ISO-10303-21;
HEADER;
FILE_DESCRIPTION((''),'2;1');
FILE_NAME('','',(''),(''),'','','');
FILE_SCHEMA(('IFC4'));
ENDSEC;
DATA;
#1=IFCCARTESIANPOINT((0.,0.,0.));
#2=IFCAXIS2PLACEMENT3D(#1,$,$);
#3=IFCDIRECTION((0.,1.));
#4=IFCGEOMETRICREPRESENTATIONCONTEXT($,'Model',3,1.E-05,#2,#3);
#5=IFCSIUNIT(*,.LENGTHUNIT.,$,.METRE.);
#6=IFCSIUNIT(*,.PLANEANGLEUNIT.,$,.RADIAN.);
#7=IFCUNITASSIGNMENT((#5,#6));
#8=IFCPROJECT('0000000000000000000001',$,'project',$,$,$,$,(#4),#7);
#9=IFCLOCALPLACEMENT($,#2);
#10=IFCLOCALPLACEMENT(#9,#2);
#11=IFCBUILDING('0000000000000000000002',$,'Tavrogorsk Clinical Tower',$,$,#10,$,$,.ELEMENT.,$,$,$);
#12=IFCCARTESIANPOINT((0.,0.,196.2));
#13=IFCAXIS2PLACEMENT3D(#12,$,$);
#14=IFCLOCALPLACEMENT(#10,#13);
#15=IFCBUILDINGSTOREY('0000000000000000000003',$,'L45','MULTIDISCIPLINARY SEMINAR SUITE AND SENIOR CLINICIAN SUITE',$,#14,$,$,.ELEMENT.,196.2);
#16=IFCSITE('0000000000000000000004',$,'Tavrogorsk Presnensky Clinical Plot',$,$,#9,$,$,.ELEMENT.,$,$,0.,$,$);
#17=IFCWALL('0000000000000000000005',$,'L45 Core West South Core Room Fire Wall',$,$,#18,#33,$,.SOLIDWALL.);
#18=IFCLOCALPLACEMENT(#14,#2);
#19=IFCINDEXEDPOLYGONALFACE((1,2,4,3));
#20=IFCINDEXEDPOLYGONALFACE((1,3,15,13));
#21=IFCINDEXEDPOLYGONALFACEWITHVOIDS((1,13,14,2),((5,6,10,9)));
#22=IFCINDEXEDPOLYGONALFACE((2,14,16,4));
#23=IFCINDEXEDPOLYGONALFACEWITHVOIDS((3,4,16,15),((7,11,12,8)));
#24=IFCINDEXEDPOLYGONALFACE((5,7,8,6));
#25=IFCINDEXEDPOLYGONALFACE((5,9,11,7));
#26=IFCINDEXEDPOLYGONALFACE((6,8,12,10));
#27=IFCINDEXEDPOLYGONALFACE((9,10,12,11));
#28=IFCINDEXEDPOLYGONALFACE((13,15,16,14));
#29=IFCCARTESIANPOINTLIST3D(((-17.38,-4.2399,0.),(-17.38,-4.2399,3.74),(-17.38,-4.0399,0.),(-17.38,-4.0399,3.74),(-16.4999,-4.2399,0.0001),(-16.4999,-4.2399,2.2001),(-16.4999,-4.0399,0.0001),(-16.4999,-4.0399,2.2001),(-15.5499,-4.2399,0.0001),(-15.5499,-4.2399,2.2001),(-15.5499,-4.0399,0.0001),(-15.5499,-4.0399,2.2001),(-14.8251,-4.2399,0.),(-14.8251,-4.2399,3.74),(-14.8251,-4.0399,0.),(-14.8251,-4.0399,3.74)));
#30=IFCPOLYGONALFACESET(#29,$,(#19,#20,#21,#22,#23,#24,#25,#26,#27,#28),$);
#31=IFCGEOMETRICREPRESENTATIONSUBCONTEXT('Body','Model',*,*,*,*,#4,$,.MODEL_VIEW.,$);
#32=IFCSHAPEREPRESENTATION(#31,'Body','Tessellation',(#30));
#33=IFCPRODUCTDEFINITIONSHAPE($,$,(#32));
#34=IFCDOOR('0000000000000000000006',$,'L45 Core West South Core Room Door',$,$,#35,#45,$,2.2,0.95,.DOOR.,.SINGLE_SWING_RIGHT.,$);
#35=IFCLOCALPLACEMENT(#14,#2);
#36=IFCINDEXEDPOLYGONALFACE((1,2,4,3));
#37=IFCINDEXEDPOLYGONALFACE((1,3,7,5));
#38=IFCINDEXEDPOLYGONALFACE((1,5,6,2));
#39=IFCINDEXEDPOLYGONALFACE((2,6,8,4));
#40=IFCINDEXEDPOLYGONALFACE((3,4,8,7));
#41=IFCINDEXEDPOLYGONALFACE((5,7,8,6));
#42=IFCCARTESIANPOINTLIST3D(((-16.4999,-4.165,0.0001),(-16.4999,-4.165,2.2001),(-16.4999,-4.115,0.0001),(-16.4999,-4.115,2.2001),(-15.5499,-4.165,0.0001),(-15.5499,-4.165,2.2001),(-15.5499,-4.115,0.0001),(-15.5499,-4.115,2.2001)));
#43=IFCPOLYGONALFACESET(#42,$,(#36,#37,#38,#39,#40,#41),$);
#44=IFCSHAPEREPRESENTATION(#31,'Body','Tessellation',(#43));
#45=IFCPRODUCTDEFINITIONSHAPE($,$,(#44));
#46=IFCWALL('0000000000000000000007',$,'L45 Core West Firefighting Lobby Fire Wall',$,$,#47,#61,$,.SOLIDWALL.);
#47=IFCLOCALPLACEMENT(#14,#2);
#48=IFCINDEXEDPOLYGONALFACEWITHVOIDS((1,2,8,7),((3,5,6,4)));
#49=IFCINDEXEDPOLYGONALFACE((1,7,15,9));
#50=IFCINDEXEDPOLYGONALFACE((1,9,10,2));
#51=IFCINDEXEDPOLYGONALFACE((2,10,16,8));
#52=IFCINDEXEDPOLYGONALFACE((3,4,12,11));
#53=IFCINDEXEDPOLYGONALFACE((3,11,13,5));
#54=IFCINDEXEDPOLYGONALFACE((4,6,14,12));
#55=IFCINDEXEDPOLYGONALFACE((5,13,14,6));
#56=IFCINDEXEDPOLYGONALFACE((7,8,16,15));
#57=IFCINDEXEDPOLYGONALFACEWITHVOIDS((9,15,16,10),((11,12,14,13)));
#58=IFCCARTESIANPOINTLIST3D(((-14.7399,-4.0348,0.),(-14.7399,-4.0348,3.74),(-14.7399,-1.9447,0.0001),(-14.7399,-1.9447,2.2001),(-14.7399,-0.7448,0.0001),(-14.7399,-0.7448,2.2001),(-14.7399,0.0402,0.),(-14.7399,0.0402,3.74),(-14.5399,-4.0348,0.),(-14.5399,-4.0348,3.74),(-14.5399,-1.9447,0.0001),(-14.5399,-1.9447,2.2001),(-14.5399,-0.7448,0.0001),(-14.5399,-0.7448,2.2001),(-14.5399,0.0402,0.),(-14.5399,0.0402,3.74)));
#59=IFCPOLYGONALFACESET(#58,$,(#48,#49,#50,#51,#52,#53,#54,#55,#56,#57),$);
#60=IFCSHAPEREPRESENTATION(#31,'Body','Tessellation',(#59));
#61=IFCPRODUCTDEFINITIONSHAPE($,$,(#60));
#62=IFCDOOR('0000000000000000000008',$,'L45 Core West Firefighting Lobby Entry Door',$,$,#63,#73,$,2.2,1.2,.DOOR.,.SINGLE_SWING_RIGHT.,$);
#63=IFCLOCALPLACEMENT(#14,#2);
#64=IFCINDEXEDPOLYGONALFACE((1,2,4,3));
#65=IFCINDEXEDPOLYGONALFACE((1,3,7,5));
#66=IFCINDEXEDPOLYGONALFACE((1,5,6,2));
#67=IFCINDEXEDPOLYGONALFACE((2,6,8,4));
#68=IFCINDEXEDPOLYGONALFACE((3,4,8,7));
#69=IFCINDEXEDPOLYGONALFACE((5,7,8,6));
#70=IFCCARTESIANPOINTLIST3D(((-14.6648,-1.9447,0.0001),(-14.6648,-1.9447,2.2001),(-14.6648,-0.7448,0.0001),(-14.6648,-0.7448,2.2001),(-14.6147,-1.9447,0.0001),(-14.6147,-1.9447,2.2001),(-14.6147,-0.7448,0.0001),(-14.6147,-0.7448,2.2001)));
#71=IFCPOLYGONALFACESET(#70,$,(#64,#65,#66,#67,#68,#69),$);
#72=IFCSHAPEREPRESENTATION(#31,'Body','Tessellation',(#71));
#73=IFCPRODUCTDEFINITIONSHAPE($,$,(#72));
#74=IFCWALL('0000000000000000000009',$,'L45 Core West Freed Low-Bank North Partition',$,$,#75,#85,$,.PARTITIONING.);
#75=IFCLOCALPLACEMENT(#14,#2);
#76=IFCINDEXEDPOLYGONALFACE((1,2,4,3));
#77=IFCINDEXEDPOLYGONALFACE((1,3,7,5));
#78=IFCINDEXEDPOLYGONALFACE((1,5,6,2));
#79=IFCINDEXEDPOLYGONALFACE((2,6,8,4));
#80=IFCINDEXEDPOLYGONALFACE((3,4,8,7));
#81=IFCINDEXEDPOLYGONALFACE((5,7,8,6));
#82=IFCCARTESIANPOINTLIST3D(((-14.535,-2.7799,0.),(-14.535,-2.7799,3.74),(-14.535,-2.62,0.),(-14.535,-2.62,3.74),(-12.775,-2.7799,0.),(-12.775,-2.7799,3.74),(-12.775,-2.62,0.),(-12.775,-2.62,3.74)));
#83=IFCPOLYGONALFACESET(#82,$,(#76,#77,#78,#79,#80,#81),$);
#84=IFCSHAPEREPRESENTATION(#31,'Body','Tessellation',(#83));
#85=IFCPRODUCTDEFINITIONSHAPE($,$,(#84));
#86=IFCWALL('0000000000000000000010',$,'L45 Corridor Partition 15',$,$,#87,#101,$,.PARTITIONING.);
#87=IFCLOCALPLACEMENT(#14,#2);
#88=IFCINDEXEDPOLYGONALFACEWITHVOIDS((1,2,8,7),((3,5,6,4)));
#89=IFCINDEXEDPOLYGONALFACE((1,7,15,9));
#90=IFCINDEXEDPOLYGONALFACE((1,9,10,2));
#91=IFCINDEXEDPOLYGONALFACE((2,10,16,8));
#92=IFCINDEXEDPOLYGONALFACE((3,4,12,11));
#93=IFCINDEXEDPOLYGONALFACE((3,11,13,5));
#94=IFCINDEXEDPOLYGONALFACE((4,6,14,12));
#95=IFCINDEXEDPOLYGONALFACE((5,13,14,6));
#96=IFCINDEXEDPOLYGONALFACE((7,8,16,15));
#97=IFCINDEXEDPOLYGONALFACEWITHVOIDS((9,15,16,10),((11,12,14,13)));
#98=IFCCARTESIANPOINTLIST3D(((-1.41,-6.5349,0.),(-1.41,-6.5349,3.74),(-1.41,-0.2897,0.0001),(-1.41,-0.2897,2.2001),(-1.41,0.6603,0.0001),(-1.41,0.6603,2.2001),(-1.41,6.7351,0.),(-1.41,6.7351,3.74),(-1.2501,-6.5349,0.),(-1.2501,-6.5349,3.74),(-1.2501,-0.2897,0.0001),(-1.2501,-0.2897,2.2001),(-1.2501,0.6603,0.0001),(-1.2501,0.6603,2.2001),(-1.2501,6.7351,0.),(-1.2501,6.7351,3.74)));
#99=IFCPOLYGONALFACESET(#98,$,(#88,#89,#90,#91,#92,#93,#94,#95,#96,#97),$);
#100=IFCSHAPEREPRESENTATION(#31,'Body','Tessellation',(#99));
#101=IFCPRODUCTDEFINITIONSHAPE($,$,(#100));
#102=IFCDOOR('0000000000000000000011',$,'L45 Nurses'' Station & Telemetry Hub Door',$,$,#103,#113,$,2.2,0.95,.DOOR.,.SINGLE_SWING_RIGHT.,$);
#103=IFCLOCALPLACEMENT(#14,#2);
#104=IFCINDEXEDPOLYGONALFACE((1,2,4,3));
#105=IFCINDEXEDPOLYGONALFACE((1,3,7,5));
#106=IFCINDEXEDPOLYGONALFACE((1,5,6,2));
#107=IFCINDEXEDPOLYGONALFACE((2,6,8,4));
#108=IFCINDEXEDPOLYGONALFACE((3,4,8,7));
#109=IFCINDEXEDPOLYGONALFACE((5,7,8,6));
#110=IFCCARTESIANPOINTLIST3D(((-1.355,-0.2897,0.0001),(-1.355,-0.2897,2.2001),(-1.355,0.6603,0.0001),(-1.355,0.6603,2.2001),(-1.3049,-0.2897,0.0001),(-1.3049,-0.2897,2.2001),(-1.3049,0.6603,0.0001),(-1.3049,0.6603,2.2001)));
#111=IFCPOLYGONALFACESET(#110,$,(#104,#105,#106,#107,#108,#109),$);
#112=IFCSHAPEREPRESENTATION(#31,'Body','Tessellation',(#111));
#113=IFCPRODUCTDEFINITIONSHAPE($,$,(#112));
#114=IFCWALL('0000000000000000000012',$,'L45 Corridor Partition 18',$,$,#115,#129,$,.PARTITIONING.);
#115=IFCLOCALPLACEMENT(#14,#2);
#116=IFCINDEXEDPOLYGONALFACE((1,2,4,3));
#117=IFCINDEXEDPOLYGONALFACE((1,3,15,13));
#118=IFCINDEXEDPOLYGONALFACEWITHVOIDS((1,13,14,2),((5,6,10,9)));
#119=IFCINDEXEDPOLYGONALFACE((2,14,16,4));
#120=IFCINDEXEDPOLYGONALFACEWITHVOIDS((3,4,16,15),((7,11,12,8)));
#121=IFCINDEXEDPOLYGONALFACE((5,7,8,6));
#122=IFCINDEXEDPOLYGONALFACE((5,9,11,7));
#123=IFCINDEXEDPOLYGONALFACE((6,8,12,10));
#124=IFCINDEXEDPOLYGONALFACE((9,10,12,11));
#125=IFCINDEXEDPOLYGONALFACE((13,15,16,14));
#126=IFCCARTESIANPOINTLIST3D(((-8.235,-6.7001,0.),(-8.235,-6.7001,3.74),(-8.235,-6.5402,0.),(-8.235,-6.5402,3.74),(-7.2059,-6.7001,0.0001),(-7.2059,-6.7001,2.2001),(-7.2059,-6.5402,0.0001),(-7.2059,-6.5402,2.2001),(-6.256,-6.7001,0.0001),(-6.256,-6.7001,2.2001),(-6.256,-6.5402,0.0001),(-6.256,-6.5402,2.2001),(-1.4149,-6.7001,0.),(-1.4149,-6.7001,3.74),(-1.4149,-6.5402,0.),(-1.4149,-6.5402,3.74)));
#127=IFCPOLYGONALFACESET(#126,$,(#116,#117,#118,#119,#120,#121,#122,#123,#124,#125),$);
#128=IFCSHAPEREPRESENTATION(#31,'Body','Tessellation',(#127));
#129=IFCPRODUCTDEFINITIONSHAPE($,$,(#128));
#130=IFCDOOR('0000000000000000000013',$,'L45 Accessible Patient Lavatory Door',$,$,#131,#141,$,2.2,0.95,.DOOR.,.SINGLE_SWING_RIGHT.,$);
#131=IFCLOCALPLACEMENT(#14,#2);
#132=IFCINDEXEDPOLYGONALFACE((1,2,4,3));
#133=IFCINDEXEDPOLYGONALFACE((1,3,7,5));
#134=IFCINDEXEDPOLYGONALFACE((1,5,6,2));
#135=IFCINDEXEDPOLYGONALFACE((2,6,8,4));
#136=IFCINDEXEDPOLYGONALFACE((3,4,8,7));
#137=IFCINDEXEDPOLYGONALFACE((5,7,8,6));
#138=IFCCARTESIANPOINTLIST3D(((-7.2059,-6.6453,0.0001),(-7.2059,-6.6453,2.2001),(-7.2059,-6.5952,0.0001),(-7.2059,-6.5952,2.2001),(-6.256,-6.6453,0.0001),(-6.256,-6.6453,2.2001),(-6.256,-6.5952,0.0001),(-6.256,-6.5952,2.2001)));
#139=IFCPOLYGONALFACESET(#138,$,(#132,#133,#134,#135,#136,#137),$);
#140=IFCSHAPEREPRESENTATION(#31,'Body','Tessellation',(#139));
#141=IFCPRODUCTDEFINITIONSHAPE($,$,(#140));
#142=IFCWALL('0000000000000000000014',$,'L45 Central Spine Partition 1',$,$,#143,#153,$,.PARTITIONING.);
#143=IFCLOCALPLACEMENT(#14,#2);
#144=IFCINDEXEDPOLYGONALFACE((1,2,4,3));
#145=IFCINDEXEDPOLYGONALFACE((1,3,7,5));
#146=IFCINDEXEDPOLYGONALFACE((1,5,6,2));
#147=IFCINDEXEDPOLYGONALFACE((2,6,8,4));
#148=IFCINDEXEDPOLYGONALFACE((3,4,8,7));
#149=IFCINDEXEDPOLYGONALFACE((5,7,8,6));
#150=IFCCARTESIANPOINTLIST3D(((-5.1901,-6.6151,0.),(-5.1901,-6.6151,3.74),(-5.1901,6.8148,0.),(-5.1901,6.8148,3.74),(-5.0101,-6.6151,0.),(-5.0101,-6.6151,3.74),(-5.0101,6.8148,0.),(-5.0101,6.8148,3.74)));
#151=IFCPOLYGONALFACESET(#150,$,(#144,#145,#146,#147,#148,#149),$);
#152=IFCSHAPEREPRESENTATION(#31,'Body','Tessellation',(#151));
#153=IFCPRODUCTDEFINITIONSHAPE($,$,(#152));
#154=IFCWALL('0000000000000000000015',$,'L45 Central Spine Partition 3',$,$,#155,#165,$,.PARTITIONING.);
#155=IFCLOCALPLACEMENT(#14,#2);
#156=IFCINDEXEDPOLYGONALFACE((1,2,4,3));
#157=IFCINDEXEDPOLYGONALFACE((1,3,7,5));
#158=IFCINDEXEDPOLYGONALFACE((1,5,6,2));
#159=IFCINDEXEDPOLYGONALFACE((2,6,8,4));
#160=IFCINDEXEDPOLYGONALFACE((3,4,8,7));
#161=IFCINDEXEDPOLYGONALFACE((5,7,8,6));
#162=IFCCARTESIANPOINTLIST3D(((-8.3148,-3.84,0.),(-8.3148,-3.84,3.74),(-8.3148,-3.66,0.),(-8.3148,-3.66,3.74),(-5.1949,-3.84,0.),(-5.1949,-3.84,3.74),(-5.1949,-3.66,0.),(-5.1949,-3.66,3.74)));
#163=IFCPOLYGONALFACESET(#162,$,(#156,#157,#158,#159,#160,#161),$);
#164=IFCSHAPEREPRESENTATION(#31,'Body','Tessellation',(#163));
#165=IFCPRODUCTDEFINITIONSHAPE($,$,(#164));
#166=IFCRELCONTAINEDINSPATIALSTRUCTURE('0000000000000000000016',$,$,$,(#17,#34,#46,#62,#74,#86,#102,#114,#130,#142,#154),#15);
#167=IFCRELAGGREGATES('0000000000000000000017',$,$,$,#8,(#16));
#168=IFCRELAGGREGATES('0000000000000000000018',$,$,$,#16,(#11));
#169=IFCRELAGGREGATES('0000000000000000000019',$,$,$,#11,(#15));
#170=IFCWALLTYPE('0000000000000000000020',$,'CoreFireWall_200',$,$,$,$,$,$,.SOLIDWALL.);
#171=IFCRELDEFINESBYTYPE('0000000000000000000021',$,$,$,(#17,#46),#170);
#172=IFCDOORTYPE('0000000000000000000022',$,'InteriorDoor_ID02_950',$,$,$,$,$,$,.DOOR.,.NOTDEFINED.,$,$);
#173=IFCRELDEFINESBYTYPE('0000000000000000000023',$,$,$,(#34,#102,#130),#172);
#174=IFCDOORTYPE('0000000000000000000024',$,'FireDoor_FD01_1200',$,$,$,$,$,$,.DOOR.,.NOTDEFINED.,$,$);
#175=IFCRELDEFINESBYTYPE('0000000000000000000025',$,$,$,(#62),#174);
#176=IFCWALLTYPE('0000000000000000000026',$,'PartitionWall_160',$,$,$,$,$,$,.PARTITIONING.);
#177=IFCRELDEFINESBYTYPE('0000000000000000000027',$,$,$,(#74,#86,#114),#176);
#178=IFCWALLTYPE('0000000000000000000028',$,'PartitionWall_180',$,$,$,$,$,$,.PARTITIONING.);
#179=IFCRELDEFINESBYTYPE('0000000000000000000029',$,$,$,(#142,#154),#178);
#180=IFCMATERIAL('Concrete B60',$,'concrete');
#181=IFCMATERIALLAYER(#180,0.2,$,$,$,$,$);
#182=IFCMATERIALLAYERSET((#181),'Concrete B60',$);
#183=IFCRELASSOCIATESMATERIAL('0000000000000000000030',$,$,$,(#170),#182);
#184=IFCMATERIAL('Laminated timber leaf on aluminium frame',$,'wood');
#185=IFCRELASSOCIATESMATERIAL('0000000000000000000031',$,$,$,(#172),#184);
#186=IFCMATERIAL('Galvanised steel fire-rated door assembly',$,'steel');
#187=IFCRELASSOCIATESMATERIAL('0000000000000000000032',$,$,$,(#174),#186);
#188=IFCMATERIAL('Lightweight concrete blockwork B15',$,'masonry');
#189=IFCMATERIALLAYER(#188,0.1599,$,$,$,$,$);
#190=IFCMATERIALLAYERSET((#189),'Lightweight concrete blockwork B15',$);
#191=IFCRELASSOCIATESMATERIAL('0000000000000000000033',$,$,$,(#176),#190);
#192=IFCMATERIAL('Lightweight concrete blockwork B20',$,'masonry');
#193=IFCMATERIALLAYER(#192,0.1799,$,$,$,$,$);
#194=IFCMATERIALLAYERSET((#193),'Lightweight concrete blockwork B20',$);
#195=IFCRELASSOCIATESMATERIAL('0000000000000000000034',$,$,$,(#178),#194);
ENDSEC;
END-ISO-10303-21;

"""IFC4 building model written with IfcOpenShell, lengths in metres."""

from ifc_helpers import new_model, si_unit, direction, frame, frame_2d, origin, place, context, subcontext, project, spatial, rectangle, extrude, material, layer, layer_set, type_object, element, fill, save


model = new_model("IFC4")

# Units and contexts
model_context = context("Model", 3, precision=1e-05, world=origin(), true_north=direction((0.0, 1.0)))
body_context = subcontext(model_context, "Body", "Model", "MODEL_VIEW")
ifc_project = project(units=[si_unit("LENGTHUNIT", "METRE"), si_unit("PLANEANGLEUNIT", "RADIAN")], contexts=[model_context])

# Site, building, storey
site_placement = place(None, origin())
site = spatial("IfcSite", under=ifc_project, at=site_placement, Name="Tavrogorsk Presnensky Clinical Plot", CompositionType="ELEMENT", RefElevation=0.0)
building_placement = place(site_placement, origin())
building = spatial("IfcBuilding", under=site, at=building_placement, Name="Tavrogorsk Clinical Tower", CompositionType="ELEMENT")
storey_placement = place(building_placement, frame((0.0, 0.0, 196.2)))
storey = spatial("IfcBuildingStorey", under=building, at=storey_placement, Name="L45", Description="MULTIDISCIPLINARY SEMINAR SUITE AND SENIOR CLINICIAN SUITE", CompositionType="ELEMENT", Elevation=196.2)

# Walls, openings, doors
ifc_material_1 = material(Name="Concrete B60", Category="concrete")
ifc_layer_1 = layer(ifc_material_1, 0.2)
ifc_layer_set_1 = layer_set([ifc_layer_1], Name="Concrete B60")
wall_type_1 = type_object("IfcWallType", Name="CoreFireWall_200", PredefinedType="SOLIDWALL", material=ifc_layer_set_1)
wall_1_placement = place(storey_placement, frame((-17.3799, -4.1399, 0.0), z_axis=(0.0, 0.0, 1.0), x_axis=(1.0, 0.0, 0.0)))
wall_1 = element("IfcWall", 1, at=wall_1_placement, inside=storey, type_object=wall_type_1, Name="L45 Core West South Core Room Fire Wall", PredefinedType="SOLIDWALL", context=body_context, shape_type="SweptSolid", body=[
    extrude(rectangle(XDim=2.5549, YDim=0.2, at=frame_2d((1.2773, 0.0))), origin(), (0.0, 0.0, 1.0), 3.74),
])
opening_1_placement = place(wall_1_placement, frame((0.8799, 0.0, 0.0)))
opening_1 = element("IfcOpeningElement", 2, at=opening_1_placement, cuts=wall_1, PredefinedType="OPENING", context=body_context, shape_type="SweptSolid", body=[
    extrude(rectangle(XDim=0.95, YDim=2.2, at=frame_2d((0.4751, 1.1001))), frame((0.0, 0.1099, 0.0), z_axis=(0.0, -1.0, 0.0), x_axis=(1.0, 0.0, 0.0)), (0.0, 0.0, 1.0), 0.22),
])
ifc_material_2 = material(Name="Laminated timber leaf on aluminium frame", Category="wood")
door_type_1 = type_object("IfcDoorType", Name="InteriorDoor_ID02_950", OperationType="NOTDEFINED", PredefinedType="DOOR", material=ifc_material_2)
door_1_placement = place(opening_1_placement, origin())
door_1 = element("IfcDoor", 3, at=door_1_placement, inside=storey, type_object=door_type_1, Name="L45 Core West South Core Room Door", OperationType="SINGLE_SWING_RIGHT", OverallHeight=2.2, OverallWidth=0.95, PredefinedType="DOOR", context=body_context, shape_type="SweptSolid", body=[
    extrude(rectangle(XDim=0.95, YDim=2.2, at=frame_2d((0.4751, 1.1001))), frame((0.0, 0.0249, 0.0), z_axis=(0.0, -1.0, 0.0), x_axis=(1.0, 0.0, 0.0)), (0.0, 0.0, 1.0), 0.05),
])
fill(opening_1, door_1)
wall_2_placement = place(storey_placement, frame((-14.6399, -4.0349, 0.0), z_axis=(0.0, 0.0, 1.0), x_axis=(0.0, 1.0, 0.0)))
wall_2 = element("IfcWall", 4, at=wall_2_placement, inside=storey, type_object=wall_type_1, Name="L45 Core West Firefighting Lobby Fire Wall", PredefinedType="SOLIDWALL", context=body_context, shape_type="SweptSolid", body=[
    extrude(rectangle(XDim=4.075, YDim=0.2, at=frame_2d((2.0376, 0.0))), origin(), (0.0, 0.0, 1.0), 3.74),
])
opening_2_placement = place(wall_2_placement, frame((2.0901, 0.0, 0.0)))
opening_2 = element("IfcOpeningElement", 5, at=opening_2_placement, cuts=wall_2, PredefinedType="OPENING", context=body_context, shape_type="SweptSolid", body=[
    extrude(rectangle(XDim=1.2, YDim=2.2, at=frame_2d((0.6001, 1.1001))), frame((0.0, 0.1099, 0.0), z_axis=(0.0, -1.0, 0.0), x_axis=(1.0, 0.0, 0.0)), (0.0, 0.0, 1.0), 0.22),
])
ifc_material_3 = material(Name="Galvanised steel fire-rated door assembly", Category="steel")
door_type_2 = type_object("IfcDoorType", Name="FireDoor_FD01_1200", OperationType="NOTDEFINED", PredefinedType="DOOR", material=ifc_material_3)
door_2_placement = place(opening_2_placement, origin())
door_2 = element("IfcDoor", 6, at=door_2_placement, inside=storey, type_object=door_type_2, Name="L45 Core West Firefighting Lobby Entry Door", OperationType="SINGLE_SWING_RIGHT", OverallHeight=2.2, OverallWidth=1.2, PredefinedType="DOOR", context=body_context, shape_type="SweptSolid", body=[
    extrude(rectangle(XDim=1.2, YDim=2.2, at=frame_2d((0.6001, 1.1001))), frame((0.0, 0.0249, 0.0), z_axis=(0.0, -1.0, 0.0), x_axis=(1.0, 0.0, 0.0)), (0.0, 0.0, 1.0), 0.05),
])
fill(opening_2, door_2)

# Wall
ifc_material_4 = material(Name="Lightweight concrete blockwork B15", Category="masonry")
ifc_layer_2 = layer(ifc_material_4, 0.1599)
ifc_layer_set_2 = layer_set([ifc_layer_2], Name="Lightweight concrete blockwork B15")
wall_type_2 = type_object("IfcWallType", Name="PartitionWall_160", PredefinedType="PARTITIONING", material=ifc_layer_set_2)
wall_3_placement = place(storey_placement, frame((-14.5349, -2.7, 0.0), z_axis=(0.0, 0.0, 1.0), x_axis=(1.0, 0.0, 0.0)))
element("IfcWall", 7, at=wall_3_placement, inside=storey, type_object=wall_type_2, Name="L45 Core West Freed Low-Bank North Partition", PredefinedType="PARTITIONING", context=body_context, shape_type="SweptSolid", body=[
    extrude(rectangle(XDim=1.76, YDim=0.1599, at=frame_2d((0.8799, 0.0))), origin(), (0.0, 0.0, 1.0), 3.74),
])

# Walls, openings, doors
wall_4_placement = place(storey_placement, frame((-1.3301, -6.5349, 0.0), z_axis=(0.0, 0.0, 1.0), x_axis=(0.0, 1.0, 0.0)))
wall_4 = element("IfcWall", 8, at=wall_4_placement, inside=storey, type_object=wall_type_2, Name="L45 Corridor Partition 15", PredefinedType="PARTITIONING", context=body_context, shape_type="SweptSolid", body=[
    extrude(rectangle(XDim=13.27, YDim=0.1599, at=frame_2d((6.635, 0.0))), origin(), (0.0, 0.0, 1.0), 3.74),
])
opening_3_placement = place(wall_4_placement, frame((6.2451, 0.0, 0.0)))
opening_3 = element("IfcOpeningElement", 9, at=opening_3_placement, cuts=wall_4, PredefinedType="OPENING", context=body_context, shape_type="SweptSolid", body=[
    extrude(rectangle(XDim=0.95, YDim=2.2, at=frame_2d((0.4751, 1.1001))), frame((0.0, 0.0898, 0.0), z_axis=(0.0, -1.0, 0.0), x_axis=(1.0, 0.0, 0.0)), (0.0, 0.0, 1.0), 0.1799),
])
door_3_placement = place(opening_3_placement, origin())
door_3 = element("IfcDoor", 10, at=door_3_placement, inside=storey, type_object=door_type_1, Name="L45 Nurses' Station & Telemetry Hub Door", OperationType="SINGLE_SWING_RIGHT", OverallHeight=2.2, OverallWidth=0.95, PredefinedType="DOOR", context=body_context, shape_type="SweptSolid", body=[
    extrude(rectangle(XDim=0.95, YDim=2.2, at=frame_2d((0.4751, 1.1001))), frame((0.0, 0.0249, 0.0), z_axis=(0.0, -1.0, 0.0), x_axis=(1.0, 0.0, 0.0)), (0.0, 0.0, 1.0), 0.05),
])
fill(opening_3, door_3)
wall_5_placement = place(storey_placement, frame((-8.2351, -6.6201, 0.0), z_axis=(0.0, 0.0, 1.0), x_axis=(1.0, 0.0, 0.0)))
wall_5 = element("IfcWall", 11, at=wall_5_placement, inside=storey, type_object=wall_type_2, Name="L45 Corridor Partition 18", PredefinedType="PARTITIONING", context=body_context, shape_type="SweptSolid", body=[
    extrude(rectangle(XDim=6.8201, YDim=0.1599, at=frame_2d((3.4102, 0.0))), origin(), (0.0, 0.0, 1.0), 3.74),
])
opening_4_placement = place(wall_5_placement, frame((1.0291, 0.0, 0.0)))
opening_4 = element("IfcOpeningElement", 12, at=opening_4_placement, cuts=wall_5, PredefinedType="OPENING", context=body_context, shape_type="SweptSolid", body=[
    extrude(rectangle(XDim=0.95, YDim=2.2, at=frame_2d((0.4751, 1.1001))), frame((0.0, 0.0898, 0.0), z_axis=(0.0, -1.0, 0.0), x_axis=(1.0, 0.0, 0.0)), (0.0, 0.0, 1.0), 0.1799),
])
door_4_placement = place(opening_4_placement, origin())
door_4 = element("IfcDoor", 13, at=door_4_placement, inside=storey, type_object=door_type_1, Name="L45 Accessible Patient Lavatory Door", OperationType="SINGLE_SWING_RIGHT", OverallHeight=2.2, OverallWidth=0.95, PredefinedType="DOOR", context=body_context, shape_type="SweptSolid", body=[
    extrude(rectangle(XDim=0.95, YDim=2.2, at=frame_2d((0.4751, 1.1001))), frame((0.0, 0.0249, 0.0), z_axis=(0.0, -1.0, 0.0), x_axis=(1.0, 0.0, 0.0)), (0.0, 0.0, 1.0), 0.05),
])
fill(opening_4, door_4)

# Walls
ifc_material_5 = material(Name="Lightweight concrete blockwork B20", Category="masonry")
ifc_layer_3 = layer(ifc_material_5, 0.1799)
ifc_layer_set_3 = layer_set([ifc_layer_3], Name="Lightweight concrete blockwork B20")
wall_type_3 = type_object("IfcWallType", Name="PartitionWall_180", PredefinedType="PARTITIONING", material=ifc_layer_set_3)
wall_6_placement = place(storey_placement, frame((-5.1001, -6.615, 0.0), z_axis=(0.0, 0.0, 1.0), x_axis=(0.0, 1.0, 0.0)))
element("IfcWall", 14, at=wall_6_placement, inside=storey, type_object=wall_type_3, Name="L45 Central Spine Partition 1", PredefinedType="PARTITIONING", context=body_context, shape_type="SweptSolid", body=[
    extrude(rectangle(XDim=13.4299, YDim=0.1799, at=frame_2d((6.7148, 0.0))), origin(), (0.0, 0.0, 1.0), 3.74),
])
wall_7_placement = place(storey_placement, frame((-8.3149, -3.75, 0.0), z_axis=(0.0, 0.0, 1.0), x_axis=(1.0, 0.0, 0.0)))
element("IfcWall", 15, at=wall_7_placement, inside=storey, type_object=wall_type_3, Name="L45 Central Spine Partition 3", PredefinedType="PARTITIONING", context=body_context, shape_type="SweptSolid", body=[
    extrude(rectangle(XDim=3.1199, YDim=0.1799, at=frame_2d((1.5601, 0.0))), origin(), (0.0, 0.0, 1.0), 3.74),
])

save(model, "model.ifc")
